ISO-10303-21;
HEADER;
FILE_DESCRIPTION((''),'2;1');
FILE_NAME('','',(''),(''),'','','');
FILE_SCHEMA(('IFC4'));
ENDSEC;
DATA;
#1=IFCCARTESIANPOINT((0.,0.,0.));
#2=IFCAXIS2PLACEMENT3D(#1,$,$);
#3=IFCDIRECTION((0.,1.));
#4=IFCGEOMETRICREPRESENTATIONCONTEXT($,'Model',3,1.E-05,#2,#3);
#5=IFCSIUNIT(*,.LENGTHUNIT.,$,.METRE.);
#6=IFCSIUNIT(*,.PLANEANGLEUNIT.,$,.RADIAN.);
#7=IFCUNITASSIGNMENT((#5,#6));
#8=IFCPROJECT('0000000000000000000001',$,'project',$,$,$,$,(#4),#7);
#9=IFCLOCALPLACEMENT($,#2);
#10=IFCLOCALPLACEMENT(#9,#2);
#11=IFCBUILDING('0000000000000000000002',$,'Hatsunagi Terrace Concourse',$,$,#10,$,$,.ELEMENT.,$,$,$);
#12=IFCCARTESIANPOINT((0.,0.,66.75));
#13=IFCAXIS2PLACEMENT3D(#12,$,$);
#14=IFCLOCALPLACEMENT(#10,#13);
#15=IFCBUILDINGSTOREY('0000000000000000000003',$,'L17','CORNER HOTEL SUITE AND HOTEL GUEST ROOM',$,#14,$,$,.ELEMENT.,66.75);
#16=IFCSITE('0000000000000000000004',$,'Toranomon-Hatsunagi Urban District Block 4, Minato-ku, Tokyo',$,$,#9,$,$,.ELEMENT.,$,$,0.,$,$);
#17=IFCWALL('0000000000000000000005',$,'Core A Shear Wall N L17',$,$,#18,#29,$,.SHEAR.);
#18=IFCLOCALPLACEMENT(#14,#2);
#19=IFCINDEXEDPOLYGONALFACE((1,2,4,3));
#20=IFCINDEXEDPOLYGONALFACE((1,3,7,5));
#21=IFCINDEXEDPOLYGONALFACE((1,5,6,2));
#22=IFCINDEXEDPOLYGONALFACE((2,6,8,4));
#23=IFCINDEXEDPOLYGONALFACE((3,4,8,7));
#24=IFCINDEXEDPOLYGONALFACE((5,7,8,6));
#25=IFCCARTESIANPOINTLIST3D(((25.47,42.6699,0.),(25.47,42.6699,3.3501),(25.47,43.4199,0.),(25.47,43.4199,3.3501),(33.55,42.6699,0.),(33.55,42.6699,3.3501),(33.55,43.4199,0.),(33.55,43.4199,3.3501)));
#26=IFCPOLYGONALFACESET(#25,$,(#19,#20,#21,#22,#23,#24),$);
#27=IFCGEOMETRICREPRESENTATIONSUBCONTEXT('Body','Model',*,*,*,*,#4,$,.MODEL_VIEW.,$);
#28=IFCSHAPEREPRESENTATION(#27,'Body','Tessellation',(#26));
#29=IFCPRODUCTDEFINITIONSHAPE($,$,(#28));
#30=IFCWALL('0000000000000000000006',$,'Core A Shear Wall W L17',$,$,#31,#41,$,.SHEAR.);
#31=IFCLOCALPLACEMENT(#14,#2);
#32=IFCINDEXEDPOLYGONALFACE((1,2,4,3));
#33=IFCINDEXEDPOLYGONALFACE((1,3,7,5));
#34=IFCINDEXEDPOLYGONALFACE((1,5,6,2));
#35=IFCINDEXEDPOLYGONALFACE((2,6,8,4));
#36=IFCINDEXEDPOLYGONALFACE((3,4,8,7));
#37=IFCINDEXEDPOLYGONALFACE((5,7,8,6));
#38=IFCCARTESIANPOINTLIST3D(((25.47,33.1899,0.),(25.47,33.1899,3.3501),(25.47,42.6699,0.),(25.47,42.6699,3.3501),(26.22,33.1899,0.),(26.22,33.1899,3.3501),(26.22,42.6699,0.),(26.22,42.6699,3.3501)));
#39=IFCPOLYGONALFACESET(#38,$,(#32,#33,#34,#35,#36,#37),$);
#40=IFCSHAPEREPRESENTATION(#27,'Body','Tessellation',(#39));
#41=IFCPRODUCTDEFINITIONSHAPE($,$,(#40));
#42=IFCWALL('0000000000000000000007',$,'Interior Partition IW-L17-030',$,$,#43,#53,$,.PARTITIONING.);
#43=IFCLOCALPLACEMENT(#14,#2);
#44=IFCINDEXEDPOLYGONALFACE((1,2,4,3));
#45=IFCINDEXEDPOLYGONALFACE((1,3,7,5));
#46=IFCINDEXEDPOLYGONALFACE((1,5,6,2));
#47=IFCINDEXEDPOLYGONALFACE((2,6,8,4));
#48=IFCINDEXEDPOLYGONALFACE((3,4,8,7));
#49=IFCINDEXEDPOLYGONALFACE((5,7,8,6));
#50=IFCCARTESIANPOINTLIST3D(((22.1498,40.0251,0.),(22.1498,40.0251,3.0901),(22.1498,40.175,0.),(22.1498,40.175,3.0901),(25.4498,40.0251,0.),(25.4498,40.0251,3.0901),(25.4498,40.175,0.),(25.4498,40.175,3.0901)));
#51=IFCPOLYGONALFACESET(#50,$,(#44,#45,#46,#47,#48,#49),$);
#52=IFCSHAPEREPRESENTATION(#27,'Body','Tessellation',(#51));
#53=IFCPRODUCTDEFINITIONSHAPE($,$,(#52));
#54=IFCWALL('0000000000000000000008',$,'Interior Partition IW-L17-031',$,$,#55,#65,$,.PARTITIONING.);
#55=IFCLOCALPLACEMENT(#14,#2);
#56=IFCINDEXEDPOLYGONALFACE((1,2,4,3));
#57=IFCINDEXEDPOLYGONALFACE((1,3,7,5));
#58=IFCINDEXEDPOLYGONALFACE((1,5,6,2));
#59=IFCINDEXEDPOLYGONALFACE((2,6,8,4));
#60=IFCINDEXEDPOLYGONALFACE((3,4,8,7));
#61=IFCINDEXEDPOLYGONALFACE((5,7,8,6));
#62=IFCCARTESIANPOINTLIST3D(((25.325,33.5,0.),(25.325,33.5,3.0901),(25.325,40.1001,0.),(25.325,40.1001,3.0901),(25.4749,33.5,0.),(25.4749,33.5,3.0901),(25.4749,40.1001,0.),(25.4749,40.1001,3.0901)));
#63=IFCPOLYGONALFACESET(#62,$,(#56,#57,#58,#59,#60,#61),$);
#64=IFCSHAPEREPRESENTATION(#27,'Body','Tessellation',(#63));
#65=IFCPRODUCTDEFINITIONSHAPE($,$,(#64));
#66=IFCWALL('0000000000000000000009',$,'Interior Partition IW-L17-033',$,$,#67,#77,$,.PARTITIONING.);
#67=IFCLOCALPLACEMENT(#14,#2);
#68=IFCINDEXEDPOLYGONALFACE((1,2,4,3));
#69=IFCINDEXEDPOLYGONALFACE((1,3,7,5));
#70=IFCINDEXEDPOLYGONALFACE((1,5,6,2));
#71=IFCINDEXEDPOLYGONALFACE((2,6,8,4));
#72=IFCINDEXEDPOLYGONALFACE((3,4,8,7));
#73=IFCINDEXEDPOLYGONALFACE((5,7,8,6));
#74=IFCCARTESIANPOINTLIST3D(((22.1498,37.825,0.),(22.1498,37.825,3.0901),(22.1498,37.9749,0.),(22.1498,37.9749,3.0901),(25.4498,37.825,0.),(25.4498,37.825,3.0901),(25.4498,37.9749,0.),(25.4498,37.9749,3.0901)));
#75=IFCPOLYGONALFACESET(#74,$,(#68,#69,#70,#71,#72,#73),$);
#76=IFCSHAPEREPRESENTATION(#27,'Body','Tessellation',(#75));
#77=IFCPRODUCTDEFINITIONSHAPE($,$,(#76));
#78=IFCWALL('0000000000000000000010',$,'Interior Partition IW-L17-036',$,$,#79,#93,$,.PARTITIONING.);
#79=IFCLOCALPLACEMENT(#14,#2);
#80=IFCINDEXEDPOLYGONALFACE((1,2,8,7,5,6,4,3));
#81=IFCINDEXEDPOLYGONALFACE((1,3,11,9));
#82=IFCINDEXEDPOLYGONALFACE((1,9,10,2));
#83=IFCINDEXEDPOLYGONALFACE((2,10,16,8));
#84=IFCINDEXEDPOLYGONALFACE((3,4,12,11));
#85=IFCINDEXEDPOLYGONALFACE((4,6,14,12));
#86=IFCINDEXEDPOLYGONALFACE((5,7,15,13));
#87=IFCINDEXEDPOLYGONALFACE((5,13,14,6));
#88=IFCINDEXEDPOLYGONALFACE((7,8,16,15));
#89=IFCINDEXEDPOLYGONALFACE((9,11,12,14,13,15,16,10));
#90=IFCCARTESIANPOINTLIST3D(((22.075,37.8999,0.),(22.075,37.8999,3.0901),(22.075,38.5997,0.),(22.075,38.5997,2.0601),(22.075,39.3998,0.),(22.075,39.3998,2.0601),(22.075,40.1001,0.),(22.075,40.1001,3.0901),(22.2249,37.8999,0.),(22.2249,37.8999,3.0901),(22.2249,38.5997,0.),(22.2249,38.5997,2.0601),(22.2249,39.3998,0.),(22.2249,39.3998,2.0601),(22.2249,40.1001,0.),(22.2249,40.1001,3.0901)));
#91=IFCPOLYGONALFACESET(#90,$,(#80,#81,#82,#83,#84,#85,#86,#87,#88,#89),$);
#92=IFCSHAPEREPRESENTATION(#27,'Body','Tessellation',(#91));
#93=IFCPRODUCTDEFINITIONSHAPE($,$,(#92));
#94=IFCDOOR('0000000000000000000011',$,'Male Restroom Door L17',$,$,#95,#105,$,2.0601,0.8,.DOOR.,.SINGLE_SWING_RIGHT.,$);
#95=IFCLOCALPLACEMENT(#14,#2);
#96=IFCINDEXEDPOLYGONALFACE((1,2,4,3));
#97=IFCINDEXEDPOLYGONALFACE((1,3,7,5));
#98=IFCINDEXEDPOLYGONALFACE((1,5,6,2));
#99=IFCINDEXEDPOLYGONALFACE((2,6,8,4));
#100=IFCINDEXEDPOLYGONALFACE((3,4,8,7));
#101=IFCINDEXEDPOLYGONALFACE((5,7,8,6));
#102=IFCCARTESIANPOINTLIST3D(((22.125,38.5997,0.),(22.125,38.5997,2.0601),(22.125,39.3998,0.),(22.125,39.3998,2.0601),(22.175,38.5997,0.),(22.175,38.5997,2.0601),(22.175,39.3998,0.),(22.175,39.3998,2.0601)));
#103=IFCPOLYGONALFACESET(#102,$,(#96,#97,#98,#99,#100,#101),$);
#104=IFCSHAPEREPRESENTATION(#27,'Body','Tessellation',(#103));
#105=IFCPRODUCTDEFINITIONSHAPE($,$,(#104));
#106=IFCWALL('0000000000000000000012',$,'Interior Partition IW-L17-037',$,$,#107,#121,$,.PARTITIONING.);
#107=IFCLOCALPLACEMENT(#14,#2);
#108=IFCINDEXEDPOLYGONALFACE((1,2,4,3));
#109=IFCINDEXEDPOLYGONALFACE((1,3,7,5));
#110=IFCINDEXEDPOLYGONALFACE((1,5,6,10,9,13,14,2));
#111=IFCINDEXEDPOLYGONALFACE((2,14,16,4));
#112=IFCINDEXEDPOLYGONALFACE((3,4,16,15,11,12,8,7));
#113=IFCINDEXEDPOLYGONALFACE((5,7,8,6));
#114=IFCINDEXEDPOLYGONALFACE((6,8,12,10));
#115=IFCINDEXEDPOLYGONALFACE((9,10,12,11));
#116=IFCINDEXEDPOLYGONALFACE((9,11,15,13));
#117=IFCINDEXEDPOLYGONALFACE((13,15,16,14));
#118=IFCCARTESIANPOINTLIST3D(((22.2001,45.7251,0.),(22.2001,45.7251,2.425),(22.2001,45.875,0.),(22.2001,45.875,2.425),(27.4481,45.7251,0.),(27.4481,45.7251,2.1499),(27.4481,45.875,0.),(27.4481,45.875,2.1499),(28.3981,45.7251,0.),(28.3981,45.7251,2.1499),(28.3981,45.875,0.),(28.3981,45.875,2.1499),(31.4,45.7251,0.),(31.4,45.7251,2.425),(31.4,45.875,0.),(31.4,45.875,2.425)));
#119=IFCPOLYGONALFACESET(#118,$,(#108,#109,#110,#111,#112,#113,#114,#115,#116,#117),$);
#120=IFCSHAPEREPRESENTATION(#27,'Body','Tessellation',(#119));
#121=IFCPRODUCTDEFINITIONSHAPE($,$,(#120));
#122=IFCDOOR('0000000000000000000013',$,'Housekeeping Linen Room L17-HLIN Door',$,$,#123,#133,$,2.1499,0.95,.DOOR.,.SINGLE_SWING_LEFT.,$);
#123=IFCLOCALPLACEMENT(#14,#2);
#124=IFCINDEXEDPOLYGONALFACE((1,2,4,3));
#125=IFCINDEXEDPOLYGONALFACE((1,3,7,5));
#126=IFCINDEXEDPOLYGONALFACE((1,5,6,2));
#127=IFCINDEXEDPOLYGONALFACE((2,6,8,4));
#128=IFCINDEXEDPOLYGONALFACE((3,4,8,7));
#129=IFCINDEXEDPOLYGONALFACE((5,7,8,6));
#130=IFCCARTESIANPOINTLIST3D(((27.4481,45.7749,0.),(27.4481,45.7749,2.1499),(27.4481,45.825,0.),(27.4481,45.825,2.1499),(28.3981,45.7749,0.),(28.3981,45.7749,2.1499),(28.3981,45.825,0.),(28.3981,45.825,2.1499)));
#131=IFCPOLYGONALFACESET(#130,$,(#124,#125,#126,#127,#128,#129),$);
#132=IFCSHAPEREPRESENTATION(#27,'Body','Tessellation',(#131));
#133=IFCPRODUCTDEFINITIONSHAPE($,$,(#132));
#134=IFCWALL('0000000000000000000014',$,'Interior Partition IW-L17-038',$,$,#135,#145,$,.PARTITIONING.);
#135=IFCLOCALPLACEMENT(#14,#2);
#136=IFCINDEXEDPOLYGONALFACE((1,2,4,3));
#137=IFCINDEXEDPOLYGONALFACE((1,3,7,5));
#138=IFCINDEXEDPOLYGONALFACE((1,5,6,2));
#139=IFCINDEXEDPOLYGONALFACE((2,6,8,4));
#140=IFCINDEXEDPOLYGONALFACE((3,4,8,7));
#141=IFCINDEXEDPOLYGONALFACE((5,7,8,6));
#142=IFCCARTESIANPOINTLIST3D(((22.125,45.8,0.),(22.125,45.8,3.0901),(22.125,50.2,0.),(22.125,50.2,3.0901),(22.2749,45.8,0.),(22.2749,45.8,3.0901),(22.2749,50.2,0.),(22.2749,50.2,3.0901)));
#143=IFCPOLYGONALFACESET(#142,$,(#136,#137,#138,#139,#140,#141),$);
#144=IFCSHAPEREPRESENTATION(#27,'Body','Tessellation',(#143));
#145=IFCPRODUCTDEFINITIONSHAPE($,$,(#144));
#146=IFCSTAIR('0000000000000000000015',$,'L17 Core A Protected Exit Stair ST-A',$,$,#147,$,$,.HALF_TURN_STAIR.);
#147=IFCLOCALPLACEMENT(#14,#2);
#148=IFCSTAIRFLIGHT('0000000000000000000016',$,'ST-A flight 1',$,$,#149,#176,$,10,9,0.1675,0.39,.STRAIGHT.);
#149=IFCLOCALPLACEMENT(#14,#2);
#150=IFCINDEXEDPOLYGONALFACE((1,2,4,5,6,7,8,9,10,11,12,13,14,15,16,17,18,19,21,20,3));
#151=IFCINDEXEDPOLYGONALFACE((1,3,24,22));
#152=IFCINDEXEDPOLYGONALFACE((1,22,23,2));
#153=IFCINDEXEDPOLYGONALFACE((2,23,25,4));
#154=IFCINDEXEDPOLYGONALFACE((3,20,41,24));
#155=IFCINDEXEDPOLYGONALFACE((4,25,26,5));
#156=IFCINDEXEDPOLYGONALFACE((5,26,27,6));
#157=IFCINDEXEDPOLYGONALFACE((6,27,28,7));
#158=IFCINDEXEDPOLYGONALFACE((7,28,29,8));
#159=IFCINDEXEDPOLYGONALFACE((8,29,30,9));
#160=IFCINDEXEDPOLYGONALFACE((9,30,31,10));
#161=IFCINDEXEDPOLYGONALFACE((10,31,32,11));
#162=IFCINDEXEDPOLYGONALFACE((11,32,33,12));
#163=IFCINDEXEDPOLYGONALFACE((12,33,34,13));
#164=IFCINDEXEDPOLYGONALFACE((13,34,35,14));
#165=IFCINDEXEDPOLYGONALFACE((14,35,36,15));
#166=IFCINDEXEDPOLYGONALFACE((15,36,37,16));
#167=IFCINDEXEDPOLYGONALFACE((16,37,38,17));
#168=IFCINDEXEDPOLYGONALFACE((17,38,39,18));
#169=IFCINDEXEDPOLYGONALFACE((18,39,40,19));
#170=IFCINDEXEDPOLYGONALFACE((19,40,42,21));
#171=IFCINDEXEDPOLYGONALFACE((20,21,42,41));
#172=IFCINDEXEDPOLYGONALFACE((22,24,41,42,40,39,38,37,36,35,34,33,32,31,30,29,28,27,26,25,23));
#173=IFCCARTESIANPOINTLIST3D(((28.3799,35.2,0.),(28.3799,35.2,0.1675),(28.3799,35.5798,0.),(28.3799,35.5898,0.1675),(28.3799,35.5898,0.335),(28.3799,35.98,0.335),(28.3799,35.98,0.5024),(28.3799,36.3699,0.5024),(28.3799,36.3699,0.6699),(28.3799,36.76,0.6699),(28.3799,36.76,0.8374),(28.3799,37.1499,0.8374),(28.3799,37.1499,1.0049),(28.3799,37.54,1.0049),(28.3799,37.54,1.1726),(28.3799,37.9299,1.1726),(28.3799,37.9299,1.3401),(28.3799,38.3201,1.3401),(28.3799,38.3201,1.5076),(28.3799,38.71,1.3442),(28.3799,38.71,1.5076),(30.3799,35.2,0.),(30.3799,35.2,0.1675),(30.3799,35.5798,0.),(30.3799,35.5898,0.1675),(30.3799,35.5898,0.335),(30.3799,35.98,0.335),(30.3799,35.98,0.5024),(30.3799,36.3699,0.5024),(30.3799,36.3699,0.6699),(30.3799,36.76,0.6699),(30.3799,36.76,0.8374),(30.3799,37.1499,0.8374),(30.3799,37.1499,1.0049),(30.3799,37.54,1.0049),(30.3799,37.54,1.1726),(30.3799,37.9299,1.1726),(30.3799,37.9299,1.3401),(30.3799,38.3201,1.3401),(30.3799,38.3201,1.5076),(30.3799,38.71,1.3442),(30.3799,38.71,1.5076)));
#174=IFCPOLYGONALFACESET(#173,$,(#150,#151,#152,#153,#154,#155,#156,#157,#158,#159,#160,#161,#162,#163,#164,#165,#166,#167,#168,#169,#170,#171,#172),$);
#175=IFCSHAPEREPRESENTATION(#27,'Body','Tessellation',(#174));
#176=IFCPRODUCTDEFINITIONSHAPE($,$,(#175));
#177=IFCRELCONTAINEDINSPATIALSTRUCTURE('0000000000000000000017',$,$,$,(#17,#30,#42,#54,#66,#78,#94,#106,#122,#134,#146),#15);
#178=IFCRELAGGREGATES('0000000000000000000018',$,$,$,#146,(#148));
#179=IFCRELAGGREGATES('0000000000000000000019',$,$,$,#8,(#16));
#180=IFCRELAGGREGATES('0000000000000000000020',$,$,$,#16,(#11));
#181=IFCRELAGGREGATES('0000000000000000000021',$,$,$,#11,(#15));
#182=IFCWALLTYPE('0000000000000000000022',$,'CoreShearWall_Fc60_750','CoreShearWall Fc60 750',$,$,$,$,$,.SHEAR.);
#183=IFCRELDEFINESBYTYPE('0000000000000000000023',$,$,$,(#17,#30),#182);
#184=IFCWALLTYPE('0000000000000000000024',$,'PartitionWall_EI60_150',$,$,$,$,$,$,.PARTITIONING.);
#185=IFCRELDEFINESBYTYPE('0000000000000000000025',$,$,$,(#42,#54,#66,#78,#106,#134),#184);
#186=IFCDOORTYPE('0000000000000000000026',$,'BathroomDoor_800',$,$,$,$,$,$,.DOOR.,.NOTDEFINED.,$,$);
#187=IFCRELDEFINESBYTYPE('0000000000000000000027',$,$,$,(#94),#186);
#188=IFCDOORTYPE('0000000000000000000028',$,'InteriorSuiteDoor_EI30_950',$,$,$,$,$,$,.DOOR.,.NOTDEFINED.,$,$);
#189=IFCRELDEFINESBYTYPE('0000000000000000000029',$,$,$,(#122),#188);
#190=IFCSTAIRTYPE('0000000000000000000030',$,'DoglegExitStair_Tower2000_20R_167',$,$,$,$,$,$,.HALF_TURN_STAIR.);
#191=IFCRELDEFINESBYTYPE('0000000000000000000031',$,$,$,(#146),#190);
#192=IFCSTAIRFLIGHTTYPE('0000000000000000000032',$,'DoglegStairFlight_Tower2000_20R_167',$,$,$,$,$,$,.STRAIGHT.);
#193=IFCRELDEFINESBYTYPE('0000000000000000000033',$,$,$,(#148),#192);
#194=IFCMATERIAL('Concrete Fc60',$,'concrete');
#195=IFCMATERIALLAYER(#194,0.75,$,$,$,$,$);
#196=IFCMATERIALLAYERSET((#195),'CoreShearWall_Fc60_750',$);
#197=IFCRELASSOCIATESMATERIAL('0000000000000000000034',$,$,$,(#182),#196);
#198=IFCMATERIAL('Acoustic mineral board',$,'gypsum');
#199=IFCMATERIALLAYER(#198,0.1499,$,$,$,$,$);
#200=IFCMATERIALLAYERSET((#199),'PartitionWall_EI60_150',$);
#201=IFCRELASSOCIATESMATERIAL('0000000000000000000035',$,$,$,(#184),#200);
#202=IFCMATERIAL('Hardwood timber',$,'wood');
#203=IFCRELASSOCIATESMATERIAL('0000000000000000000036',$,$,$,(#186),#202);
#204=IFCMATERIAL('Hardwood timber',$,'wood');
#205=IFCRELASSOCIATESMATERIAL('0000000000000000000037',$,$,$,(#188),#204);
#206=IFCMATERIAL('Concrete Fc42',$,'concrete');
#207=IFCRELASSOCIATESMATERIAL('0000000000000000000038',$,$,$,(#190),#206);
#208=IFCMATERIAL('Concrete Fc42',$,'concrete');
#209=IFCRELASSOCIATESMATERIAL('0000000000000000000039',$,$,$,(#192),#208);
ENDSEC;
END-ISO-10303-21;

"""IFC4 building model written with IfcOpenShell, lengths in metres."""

from ifc_helpers import new_model, si_unit, direction, frame, frame_2d, origin, place, context, subcontext, project, spatial, polyline, rectangle, outline, extrude, material, layer, layer_set, type_object, element, fill, aggregate, save


model = new_model("IFC4")

# Units and contexts
model_context = context("Model", 3, precision=1e-05, world=origin(), true_north=direction((0.0, 1.0)))
body_context = subcontext(model_context, "Body", "Model", "MODEL_VIEW")
ifc_project = project(units=[si_unit("LENGTHUNIT", "METRE"), si_unit("PLANEANGLEUNIT", "RADIAN")], contexts=[model_context])

# Site, building, storey
site_placement = place(None, origin())
site = spatial("IfcSite", under=ifc_project, at=site_placement, Name="Toranomon-Hatsunagi Urban District Block 4, Minato-ku, Tokyo", CompositionType="ELEMENT", RefElevation=0.0)
building_placement = place(site_placement, origin())
building = spatial("IfcBuilding", under=site, at=building_placement, Name="Hatsunagi Terrace Concourse", CompositionType="ELEMENT")
storey_placement = place(building_placement, frame((0.0, 0.0, 66.75)))
storey = spatial("IfcBuildingStorey", under=building, at=storey_placement, Name="L17", Description="CORNER HOTEL SUITE AND HOTEL GUEST ROOM", CompositionType="ELEMENT", Elevation=66.75)

# Shared definitions
ifc_material_1 = material(Name="Concrete Fc60", Category="concrete")
ifc_layer_1 = layer(ifc_material_1, 0.75)
ifc_layer_set_1 = layer_set([ifc_layer_1], Name="CoreShearWall_Fc60_750")
wall_type_1 = type_object("IfcWallType", Name="CoreShearWall_Fc60_750", Description="CoreShearWall Fc60 750", PredefinedType="SHEAR", material=ifc_layer_set_1)

# Walls
wall_1_placement = place(storey_placement, frame((25.47, 43.0449, 0.0), z_axis=(0.0, 0.0, 1.0), x_axis=(1.0, 0.0, 0.0)))
element("IfcWall", 1, at=wall_1_placement, inside=storey, type_object=wall_type_1, Name="Core A Shear Wall N L17", PredefinedType="SHEAR", context=body_context, shape_type="SweptSolid", body=[
    extrude(rectangle(XDim=8.0801, YDim=0.75, at=frame_2d((4.04, 0.0))), origin(), (0.0, 0.0, 1.0), 3.3501),
])
wall_2_placement = place(storey_placement, frame((25.845, 33.1899, 0.0), z_axis=(0.0, 0.0, 1.0), x_axis=(0.0, 1.0, 0.0)))
element("IfcWall", 2, at=wall_2_placement, inside=storey, type_object=wall_type_1, Name="Core A Shear Wall W L17", PredefinedType="SHEAR", context=body_context, shape_type="SweptSolid", body=[
    extrude(rectangle(XDim=9.48, YDim=0.75, at=frame_2d((4.74, 0.0))), origin(), (0.0, 0.0, 1.0), 3.3501),
])
ifc_material_2 = material(Name="Acoustic mineral board", Category="gypsum")
ifc_layer_2 = layer(ifc_material_2, 0.1499)
ifc_layer_set_2 = layer_set([ifc_layer_2], Name="PartitionWall_EI60_150")
wall_type_2 = type_object("IfcWallType", Name="PartitionWall_EI60_150", PredefinedType="PARTITIONING", material=ifc_layer_set_2)
wall_3_placement = place(storey_placement, frame((22.1499, 40.1001, 0.0), z_axis=(0.0, 0.0, 1.0), x_axis=(1.0, 0.0, 0.0)))
element("IfcWall", 3, at=wall_3_placement, inside=storey, type_object=wall_type_2, Name="Interior Partition IW-L17-030", PredefinedType="PARTITIONING", context=body_context, shape_type="SweptSolid", body=[
    extrude(rectangle(XDim=3.3, YDim=0.1499, at=frame_2d((1.6499, 0.0))), origin(), (0.0, 0.0, 1.0), 3.0901),
])
wall_4_placement = place(storey_placement, frame((25.3999, 33.5, 0.0), z_axis=(0.0, 0.0, 1.0), x_axis=(0.0, 1.0, 0.0)))
element("IfcWall", 4, at=wall_4_placement, inside=storey, type_object=wall_type_2, Name="Interior Partition IW-L17-031", PredefinedType="PARTITIONING", context=body_context, shape_type="SweptSolid", body=[
    extrude(rectangle(XDim=6.6001, YDim=0.1499, at=frame_2d((3.3, 0.0))), origin(), (0.0, 0.0, 1.0), 3.0901),
])
wall_5_placement = place(storey_placement, frame((22.1499, 37.8999, 0.0), z_axis=(0.0, 0.0, 1.0), x_axis=(1.0, 0.0, 0.0)))
element("IfcWall", 5, at=wall_5_placement, inside=storey, type_object=wall_type_2, Name="Interior Partition IW-L17-033", PredefinedType="PARTITIONING", context=body_context, shape_type="SweptSolid", body=[
    extrude(rectangle(XDim=3.3, YDim=0.1499, at=frame_2d((1.6499, 0.0))), origin(), (0.0, 0.0, 1.0), 3.0901),
])

# Walls, openings, doors
wall_6_placement = place(storey_placement, frame((22.1499, 37.8999, 0.0), z_axis=(0.0, 0.0, 1.0), x_axis=(0.0, 1.0, 0.0)))
wall_6 = element("IfcWall", 6, at=wall_6_placement, inside=storey, type_object=wall_type_2, Name="Interior Partition IW-L17-036", PredefinedType="PARTITIONING", context=body_context, shape_type="SweptSolid", body=[
    extrude(rectangle(XDim=2.2002, YDim=0.1499, at=frame_2d((1.1001, 0.0))), origin(), (0.0, 0.0, 1.0), 3.0901),
])
opening_1_placement = place(wall_6_placement, frame((0.7, 0.0, 0.0)))
opening_1 = element("IfcOpeningElement", 7, at=opening_1_placement, cuts=wall_6, PredefinedType="OPENING", context=body_context, shape_type="SweptSolid", body=[
    extrude(rectangle(XDim=0.8, YDim=2.0601, at=frame_2d((0.3999, 1.03))), frame((0.0, 0.085, 0.0), z_axis=(0.0, -1.0, 0.0), x_axis=(1.0, 0.0, 0.0)), (0.0, 0.0, 1.0), 0.1699),
])
ifc_material_3 = material(Name="Hardwood timber", Category="wood")
door_type_1 = type_object("IfcDoorType", Name="BathroomDoor_800", OperationType="NOTDEFINED", PredefinedType="DOOR", material=ifc_material_3)
door_1_placement = place(opening_1_placement, origin())
door_1 = element("IfcDoor", 8, at=door_1_placement, inside=storey, type_object=door_type_1, Name="Male Restroom Door L17", OperationType="SINGLE_SWING_RIGHT", OverallHeight=2.0601, OverallWidth=0.8, PredefinedType="DOOR", context=body_context, shape_type="SweptSolid", body=[
    extrude(rectangle(XDim=0.8, YDim=2.0601, at=frame_2d((0.3999, 1.03))), frame((0.0, 0.0249, 0.0), z_axis=(0.0, -1.0, 0.0), x_axis=(1.0, 0.0, 0.0)), (0.0, 0.0, 1.0), 0.05),
])
fill(opening_1, door_1)
wall_7_placement = place(storey_placement, frame((22.2, 45.8, 0.0), z_axis=(0.0, 0.0, 1.0), x_axis=(1.0, 0.0, 0.0)))
wall_7 = element("IfcWall", 9, at=wall_7_placement, inside=storey, type_object=wall_type_2, Name="Interior Partition IW-L17-037", PredefinedType="PARTITIONING", context=body_context, shape_type="SweptSolid", body=[
    extrude(rectangle(XDim=9.2, YDim=0.1499, at=frame_2d((4.6001, 0.0))), origin(), (0.0, 0.0, 1.0), 2.425),
])
opening_2_placement = place(wall_7_placement, frame((5.248, 0.0, 0.0)))
opening_2 = element("IfcOpeningElement", 10, at=opening_2_placement, cuts=wall_7, PredefinedType="OPENING", context=body_context, shape_type="SweptSolid", body=[
    extrude(rectangle(XDim=0.95, YDim=2.1499, at=frame_2d((0.4751, 1.075))), frame((0.0, 0.085, 0.0), z_axis=(0.0, -1.0, 0.0), x_axis=(1.0, 0.0, 0.0)), (0.0, 0.0, 1.0), 0.1699),
])
ifc_material_4 = material(Name="Hardwood timber", Category="wood")
door_type_2 = type_object("IfcDoorType", Name="InteriorSuiteDoor_EI30_950", OperationType="NOTDEFINED", PredefinedType="DOOR", material=ifc_material_4)
door_2_placement = place(opening_2_placement, origin())
door_2 = element("IfcDoor", 11, at=door_2_placement, inside=storey, type_object=door_type_2, Name="Housekeeping Linen Room L17-HLIN Door", OperationType="SINGLE_SWING_LEFT", OverallHeight=2.1499, OverallWidth=0.95, PredefinedType="DOOR", context=body_context, shape_type="SweptSolid", body=[
    extrude(rectangle(XDim=0.95, YDim=2.1499, at=frame_2d((0.4751, 1.075))), frame((0.0, 0.0249, 0.0), z_axis=(0.0, -1.0, 0.0), x_axis=(1.0, 0.0, 0.0)), (0.0, 0.0, 1.0), 0.05),
])
fill(opening_2, door_2)

# Wall
wall_8_placement = place(storey_placement, frame((22.2, 45.8, 0.0), z_axis=(0.0, 0.0, 1.0), x_axis=(0.0, 1.0, 0.0)))
element("IfcWall", 12, at=wall_8_placement, inside=storey, type_object=wall_type_2, Name="Interior Partition IW-L17-038", PredefinedType="PARTITIONING", context=body_context, shape_type="SweptSolid", body=[
    extrude(rectangle(XDim=4.3999, YDim=0.1499, at=frame_2d((2.2, 0.0))), origin(), (0.0, 0.0, 1.0), 3.0901),
])

# Stair, stair flight
ifc_material_5 = material(Name="Concrete Fc42", Category="concrete")
stair_type = type_object("IfcStairType", Name="DoglegExitStair_Tower2000_20R_167", PredefinedType="HALF_TURN_STAIR", material=ifc_material_5)
stair_placement = place(storey_placement, origin())
stair = element("IfcStair", 13, at=stair_placement, inside=storey, type_object=stair_type, Name="L17 Core A Protected Exit Stair ST-A", PredefinedType="HALF_TURN_STAIR")
ifc_material_6 = material(Name="Concrete Fc42", Category="concrete")
stair_flight_type = type_object("IfcStairFlightType", Name="DoglegStairFlight_Tower2000_20R_167", PredefinedType="STRAIGHT", material=ifc_material_6)
stair_flight_1_placement = place(storey_placement, frame((29.3799, 35.2, 0.0), z_axis=(0.0, 0.0, 1.0), x_axis=(0.0, 1.0, 0.0)))
stair_flight_1 = element("IfcStairFlight", 14, at=stair_flight_1_placement, type_object=stair_flight_type, Name="ST-A flight 1", NumberOfRisers=10, NumberOfTreads=9, PredefinedType="STRAIGHT", RiserHeight=0.1675, TreadLength=0.39, context=body_context, shape_type="SweptSolid", body=[
    extrude(outline(polyline([(0.0, 0.0), (0.0, 0.1675), (0.3899, 0.1675), (0.3899, 0.335), (0.78, 0.335), (0.78, 0.5024), (1.1699, 0.5024), (1.1699, 0.6699), (1.5601, 0.6699), (1.5601, 0.8374), (1.95, 0.8374), (1.95, 1.0049), (2.3401, 1.0049), (2.3401, 1.1726), (2.73, 1.1726), (2.73, 1.3401), (3.1201, 1.3401), (3.1201, 1.5076), (3.51, 1.5076), (3.51, 1.675), (3.51, 1.3442), (0.3799, 0.0), (0.0, 0.0)])), frame((0.0, 1.0, 0.0), z_axis=(0.0, -1.0, 0.0), x_axis=(1.0, 0.0, 0.0)), (0.0, 0.0, 1.0), 2.0),
])
aggregate(stair, [stair_flight_1])

save(model, "model.ifc")
